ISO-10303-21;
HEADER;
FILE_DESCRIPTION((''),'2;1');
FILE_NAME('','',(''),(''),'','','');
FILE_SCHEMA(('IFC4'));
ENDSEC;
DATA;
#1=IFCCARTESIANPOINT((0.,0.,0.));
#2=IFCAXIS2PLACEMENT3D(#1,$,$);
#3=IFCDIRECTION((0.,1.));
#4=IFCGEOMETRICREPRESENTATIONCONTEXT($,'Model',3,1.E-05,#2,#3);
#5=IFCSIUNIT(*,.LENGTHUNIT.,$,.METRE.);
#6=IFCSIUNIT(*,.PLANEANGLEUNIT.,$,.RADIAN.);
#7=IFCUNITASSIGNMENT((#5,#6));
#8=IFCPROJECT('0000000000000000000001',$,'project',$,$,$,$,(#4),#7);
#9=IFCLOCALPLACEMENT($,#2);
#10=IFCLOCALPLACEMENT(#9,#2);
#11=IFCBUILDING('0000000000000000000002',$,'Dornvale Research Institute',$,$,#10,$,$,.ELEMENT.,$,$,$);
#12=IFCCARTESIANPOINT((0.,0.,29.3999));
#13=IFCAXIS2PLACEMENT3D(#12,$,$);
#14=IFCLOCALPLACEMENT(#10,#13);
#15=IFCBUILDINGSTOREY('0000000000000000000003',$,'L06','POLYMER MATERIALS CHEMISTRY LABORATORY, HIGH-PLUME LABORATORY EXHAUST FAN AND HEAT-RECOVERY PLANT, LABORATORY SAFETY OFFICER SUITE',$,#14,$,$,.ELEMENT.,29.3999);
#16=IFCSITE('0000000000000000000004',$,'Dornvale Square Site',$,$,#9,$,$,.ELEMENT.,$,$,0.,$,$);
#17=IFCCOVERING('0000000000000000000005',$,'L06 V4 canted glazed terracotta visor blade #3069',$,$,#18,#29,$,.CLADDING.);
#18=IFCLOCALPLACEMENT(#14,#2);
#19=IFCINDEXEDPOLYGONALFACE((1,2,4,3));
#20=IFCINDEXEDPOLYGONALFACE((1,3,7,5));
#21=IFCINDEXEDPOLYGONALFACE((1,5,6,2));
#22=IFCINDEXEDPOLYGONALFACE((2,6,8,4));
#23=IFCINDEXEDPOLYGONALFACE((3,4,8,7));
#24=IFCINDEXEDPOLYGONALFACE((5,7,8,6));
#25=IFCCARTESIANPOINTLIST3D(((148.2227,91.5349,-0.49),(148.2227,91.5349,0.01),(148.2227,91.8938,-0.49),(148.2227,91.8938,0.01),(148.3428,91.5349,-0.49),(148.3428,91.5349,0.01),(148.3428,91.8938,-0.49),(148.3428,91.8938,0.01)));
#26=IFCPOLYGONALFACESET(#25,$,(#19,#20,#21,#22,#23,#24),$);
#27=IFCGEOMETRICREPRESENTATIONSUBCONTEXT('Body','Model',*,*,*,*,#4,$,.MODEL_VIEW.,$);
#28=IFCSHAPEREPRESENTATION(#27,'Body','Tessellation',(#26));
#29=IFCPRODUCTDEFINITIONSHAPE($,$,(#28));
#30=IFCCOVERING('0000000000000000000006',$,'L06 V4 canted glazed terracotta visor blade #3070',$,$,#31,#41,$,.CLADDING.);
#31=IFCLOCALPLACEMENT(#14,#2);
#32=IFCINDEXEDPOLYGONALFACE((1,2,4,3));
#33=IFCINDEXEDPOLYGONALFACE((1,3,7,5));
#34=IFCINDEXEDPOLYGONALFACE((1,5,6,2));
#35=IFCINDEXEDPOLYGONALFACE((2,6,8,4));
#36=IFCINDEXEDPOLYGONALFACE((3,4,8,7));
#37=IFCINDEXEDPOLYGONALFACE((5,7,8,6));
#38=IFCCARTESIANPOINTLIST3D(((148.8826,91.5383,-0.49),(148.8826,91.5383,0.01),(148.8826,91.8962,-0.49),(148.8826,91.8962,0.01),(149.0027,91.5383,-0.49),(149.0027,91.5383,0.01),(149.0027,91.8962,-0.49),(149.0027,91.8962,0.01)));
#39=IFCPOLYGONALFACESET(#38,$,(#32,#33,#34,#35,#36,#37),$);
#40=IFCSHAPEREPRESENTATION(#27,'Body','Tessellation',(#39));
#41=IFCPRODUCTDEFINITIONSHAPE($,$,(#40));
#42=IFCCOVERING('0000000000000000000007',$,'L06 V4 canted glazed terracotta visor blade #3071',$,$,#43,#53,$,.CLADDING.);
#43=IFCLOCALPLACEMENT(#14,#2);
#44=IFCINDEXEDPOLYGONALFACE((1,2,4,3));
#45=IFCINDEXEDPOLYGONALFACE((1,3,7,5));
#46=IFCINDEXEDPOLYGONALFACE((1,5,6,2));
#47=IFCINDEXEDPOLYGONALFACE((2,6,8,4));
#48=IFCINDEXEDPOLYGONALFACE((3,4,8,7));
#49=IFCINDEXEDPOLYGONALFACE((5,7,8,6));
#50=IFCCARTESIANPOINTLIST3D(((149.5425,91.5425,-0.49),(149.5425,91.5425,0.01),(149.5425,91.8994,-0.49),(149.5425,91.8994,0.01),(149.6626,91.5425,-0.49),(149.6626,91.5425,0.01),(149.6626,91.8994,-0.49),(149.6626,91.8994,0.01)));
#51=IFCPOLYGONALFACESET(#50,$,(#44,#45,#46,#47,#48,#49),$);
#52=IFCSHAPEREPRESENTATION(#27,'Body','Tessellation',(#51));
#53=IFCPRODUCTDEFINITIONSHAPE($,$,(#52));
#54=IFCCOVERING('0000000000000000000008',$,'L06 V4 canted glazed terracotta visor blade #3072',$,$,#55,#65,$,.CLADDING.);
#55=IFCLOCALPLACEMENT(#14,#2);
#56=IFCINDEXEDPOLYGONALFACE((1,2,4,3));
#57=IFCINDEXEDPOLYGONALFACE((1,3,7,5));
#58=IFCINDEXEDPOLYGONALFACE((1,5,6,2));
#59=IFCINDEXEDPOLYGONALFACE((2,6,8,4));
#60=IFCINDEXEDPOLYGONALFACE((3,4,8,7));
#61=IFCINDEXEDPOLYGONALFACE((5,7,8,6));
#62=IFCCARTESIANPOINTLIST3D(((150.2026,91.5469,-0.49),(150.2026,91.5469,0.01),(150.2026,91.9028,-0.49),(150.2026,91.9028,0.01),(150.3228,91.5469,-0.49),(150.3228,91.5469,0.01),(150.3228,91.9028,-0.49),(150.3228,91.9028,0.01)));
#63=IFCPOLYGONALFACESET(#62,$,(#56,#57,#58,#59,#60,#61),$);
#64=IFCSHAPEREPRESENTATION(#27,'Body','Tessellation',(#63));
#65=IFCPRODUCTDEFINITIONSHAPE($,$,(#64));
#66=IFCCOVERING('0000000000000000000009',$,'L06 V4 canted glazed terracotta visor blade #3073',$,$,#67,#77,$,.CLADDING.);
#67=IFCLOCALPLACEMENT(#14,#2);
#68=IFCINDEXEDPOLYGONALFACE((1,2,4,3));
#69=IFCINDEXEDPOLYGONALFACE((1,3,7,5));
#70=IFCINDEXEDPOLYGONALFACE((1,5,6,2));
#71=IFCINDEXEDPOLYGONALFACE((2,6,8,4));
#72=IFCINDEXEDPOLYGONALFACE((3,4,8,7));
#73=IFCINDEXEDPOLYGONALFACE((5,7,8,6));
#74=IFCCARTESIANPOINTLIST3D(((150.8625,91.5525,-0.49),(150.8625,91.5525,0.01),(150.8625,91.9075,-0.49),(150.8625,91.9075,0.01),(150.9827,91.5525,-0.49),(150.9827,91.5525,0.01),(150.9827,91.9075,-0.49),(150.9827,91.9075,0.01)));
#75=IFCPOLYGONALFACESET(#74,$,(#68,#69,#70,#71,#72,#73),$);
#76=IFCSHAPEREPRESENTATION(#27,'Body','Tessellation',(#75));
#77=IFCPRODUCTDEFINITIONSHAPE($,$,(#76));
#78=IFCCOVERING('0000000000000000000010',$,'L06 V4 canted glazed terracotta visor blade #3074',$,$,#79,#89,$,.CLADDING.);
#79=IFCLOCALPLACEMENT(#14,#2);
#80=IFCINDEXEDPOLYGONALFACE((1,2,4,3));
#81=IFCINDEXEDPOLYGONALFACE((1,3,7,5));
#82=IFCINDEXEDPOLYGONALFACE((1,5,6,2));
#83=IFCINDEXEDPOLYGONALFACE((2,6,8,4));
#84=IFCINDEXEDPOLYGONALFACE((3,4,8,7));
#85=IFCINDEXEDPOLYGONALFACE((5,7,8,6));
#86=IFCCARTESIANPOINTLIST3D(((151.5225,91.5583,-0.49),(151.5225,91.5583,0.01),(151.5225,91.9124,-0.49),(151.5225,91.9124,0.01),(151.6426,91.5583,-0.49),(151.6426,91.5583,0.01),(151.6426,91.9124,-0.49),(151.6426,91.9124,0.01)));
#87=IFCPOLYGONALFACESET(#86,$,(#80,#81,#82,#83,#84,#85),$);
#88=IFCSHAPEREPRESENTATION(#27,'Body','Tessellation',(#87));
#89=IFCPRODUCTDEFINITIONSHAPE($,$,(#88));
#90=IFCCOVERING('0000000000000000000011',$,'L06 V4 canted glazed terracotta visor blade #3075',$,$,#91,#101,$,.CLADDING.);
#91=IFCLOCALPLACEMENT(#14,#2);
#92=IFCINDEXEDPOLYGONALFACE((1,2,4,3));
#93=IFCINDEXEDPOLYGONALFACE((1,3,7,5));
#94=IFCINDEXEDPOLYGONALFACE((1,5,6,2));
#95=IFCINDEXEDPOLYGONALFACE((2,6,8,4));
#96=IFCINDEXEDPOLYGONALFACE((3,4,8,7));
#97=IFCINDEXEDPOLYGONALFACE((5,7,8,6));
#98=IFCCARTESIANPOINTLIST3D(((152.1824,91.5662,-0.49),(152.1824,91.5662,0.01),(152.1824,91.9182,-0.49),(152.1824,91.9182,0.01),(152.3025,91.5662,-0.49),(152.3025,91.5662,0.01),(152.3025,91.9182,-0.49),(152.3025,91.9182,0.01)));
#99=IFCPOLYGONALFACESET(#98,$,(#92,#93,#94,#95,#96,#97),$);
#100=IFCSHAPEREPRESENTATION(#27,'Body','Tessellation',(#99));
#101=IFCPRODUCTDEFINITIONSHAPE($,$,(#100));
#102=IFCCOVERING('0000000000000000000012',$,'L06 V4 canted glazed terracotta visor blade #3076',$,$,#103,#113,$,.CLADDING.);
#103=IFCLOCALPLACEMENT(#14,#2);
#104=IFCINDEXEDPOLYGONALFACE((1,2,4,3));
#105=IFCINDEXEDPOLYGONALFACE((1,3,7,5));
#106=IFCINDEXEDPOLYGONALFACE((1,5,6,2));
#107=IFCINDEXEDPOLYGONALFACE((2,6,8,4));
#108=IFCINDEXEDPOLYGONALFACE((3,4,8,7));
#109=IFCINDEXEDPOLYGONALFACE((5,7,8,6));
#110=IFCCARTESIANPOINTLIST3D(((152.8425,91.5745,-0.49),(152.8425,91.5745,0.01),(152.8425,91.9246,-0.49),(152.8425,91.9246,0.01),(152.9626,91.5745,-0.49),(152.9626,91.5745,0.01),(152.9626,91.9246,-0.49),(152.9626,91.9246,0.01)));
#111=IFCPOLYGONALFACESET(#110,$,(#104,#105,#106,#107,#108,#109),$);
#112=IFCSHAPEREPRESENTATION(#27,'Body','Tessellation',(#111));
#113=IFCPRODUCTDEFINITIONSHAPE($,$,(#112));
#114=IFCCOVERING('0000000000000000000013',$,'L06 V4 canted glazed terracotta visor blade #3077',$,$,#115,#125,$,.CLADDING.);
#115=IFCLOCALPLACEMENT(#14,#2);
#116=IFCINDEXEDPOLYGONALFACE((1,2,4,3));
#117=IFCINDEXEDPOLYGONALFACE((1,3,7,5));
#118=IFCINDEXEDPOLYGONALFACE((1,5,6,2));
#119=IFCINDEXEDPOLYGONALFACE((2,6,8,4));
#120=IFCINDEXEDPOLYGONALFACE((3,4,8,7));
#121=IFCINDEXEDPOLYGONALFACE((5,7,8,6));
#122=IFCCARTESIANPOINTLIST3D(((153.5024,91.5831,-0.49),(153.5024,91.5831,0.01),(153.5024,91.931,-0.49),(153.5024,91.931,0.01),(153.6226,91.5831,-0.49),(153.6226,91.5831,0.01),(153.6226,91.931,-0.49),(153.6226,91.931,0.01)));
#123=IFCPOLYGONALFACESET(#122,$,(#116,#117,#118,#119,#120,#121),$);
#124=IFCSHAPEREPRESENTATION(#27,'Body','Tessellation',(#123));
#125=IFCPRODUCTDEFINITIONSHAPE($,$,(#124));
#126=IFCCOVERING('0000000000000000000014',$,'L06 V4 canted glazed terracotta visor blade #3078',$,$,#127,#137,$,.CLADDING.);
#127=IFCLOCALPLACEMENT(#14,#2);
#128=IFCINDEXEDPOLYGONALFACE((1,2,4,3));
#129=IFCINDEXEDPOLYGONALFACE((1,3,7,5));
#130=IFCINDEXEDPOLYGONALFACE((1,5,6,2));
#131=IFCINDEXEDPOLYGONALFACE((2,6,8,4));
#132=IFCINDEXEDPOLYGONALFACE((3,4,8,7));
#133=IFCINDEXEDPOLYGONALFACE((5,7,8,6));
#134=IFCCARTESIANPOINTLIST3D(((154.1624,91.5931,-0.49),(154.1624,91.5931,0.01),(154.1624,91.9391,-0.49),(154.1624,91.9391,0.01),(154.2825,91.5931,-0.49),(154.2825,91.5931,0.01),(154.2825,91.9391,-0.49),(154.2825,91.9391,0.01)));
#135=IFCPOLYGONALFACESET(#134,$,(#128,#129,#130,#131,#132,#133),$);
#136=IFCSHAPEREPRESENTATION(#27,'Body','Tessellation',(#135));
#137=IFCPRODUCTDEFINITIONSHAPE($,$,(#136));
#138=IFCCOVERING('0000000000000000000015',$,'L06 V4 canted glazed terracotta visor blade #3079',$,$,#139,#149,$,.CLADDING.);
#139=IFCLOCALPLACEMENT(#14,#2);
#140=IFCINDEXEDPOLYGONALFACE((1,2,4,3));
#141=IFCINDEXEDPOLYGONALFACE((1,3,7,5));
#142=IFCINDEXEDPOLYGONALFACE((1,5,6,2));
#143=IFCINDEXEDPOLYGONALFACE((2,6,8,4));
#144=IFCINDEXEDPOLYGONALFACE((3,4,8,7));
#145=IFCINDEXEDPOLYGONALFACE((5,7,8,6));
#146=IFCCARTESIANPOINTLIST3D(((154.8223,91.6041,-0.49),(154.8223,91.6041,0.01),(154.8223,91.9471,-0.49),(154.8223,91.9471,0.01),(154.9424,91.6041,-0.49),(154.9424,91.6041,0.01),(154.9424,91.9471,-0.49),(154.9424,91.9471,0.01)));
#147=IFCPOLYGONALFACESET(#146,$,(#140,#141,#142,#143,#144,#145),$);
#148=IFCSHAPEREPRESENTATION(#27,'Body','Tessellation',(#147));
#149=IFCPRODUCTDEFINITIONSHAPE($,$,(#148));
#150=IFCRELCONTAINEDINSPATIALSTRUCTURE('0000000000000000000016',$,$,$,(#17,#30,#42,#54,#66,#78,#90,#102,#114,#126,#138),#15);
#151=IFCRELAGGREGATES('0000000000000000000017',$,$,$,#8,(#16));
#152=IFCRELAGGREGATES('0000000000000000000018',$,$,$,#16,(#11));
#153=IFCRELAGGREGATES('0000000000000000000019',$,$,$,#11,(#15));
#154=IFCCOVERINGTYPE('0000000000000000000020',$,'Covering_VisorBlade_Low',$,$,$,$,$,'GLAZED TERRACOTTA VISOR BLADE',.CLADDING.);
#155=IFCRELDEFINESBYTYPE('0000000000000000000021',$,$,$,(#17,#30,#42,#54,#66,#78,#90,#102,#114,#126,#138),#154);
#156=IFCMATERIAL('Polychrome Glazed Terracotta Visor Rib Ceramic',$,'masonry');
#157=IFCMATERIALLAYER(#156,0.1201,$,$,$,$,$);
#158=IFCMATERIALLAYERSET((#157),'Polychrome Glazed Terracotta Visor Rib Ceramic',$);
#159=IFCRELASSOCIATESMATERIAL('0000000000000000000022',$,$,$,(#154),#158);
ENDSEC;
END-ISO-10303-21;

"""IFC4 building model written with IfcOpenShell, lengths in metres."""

from ifc_helpers import new_model, si_unit, direction, frame, origin, origin_2d, place, context, subcontext, project, spatial, rectangle, extrude, material, layer, layer_set, type_object, element, save


model = new_model("IFC4")

# Units and contexts
model_context = context("Model", 3, precision=1e-05, world=origin(), true_north=direction((0.0, 1.0)))
body_context = subcontext(model_context, "Body", "Model", "MODEL_VIEW")
ifc_project = project(units=[si_unit("LENGTHUNIT", "METRE"), si_unit("PLANEANGLEUNIT", "RADIAN")], contexts=[model_context])

# Site, building, storey
site_placement = place(None, origin())
site = spatial("IfcSite", under=ifc_project, at=site_placement, Name="Dornvale Square Site", CompositionType="ELEMENT", RefElevation=0.0)
building_placement = place(site_placement, origin())
building = spatial("IfcBuilding", under=site, at=building_placement, Name="Dornvale Research Institute", CompositionType="ELEMENT")
storey_placement = place(building_placement, frame((0.0, 0.0, 29.3999)))
storey = spatial("IfcBuildingStorey", under=building, at=storey_placement, Name="L06", Description="POLYMER MATERIALS CHEMISTRY LABORATORY, HIGH-PLUME LABORATORY EXHAUST FAN AND HEAT-RECOVERY PLANT, LABORATORY SAFETY OFFICER SUITE", CompositionType="ELEMENT", Elevation=29.3999)

# Coverings
ifc_material_1 = material(Name="Polychrome Glazed Terracotta Visor Rib Ceramic", Category="masonry")
ifc_layer_1 = layer(ifc_material_1, 0.1201)
ifc_layer_set_1 = layer_set([ifc_layer_1], Name="Polychrome Glazed Terracotta Visor Rib Ceramic")
covering_type = type_object("IfcCoveringType", Name="Covering_VisorBlade_Low", ElementType="GLAZED TERRACOTTA VISOR BLADE", PredefinedType="CLADDING", material=ifc_layer_set_1)
covering_1_placement = place(storey_placement, frame((148.2827, 91.7144, -0.49), z_axis=(0.0, 0.0, 1.0), x_axis=(0.0, 1.0, 0.0)))
element("IfcCovering", 1, at=covering_1_placement, inside=storey, type_object=covering_type, Name="L06 V4 canted glazed terracotta visor blade #3069", PredefinedType="CLADDING", context=body_context, shape_type="SweptSolid", body=[
    extrude(rectangle(XDim=0.3589, YDim=0.1201, at=origin_2d()), origin(), (0.0, 0.0, 1.0), 0.5),
])
covering_2_placement = place(storey_placement, frame((148.9426, 91.7173, -0.49), z_axis=(0.0, 0.0, 1.0), x_axis=(0.0, 1.0, 0.0)))
element("IfcCovering", 2, at=covering_2_placement, inside=storey, type_object=covering_type, Name="L06 V4 canted glazed terracotta visor blade #3070", PredefinedType="CLADDING", context=body_context, shape_type="SweptSolid", body=[
    extrude(rectangle(XDim=0.3579, YDim=0.1201, at=origin_2d()), origin(), (0.0, 0.0, 1.0), 0.5),
])
covering_3_placement = place(storey_placement, frame((149.6025, 91.7209, -0.49), z_axis=(0.0, 0.0, 1.0), x_axis=(0.0, 1.0, 0.0)))
element("IfcCovering", 3, at=covering_3_placement, inside=storey, type_object=covering_type, Name="L06 V4 canted glazed terracotta visor blade #3071", PredefinedType="CLADDING", context=body_context, shape_type="SweptSolid", body=[
    extrude(rectangle(XDim=0.3569, YDim=0.1201, at=origin_2d()), origin(), (0.0, 0.0, 1.0), 0.5),
])
covering_4_placement = place(storey_placement, frame((150.2627, 91.7249, -0.49), z_axis=(0.0, 0.0, 1.0), x_axis=(0.0, 1.0, 0.0)))
element("IfcCovering", 4, at=covering_4_placement, inside=storey, type_object=covering_type, Name="L06 V4 canted glazed terracotta visor blade #3072", PredefinedType="CLADDING", context=body_context, shape_type="SweptSolid", body=[
    extrude(rectangle(XDim=0.356, YDim=0.1201, at=origin_2d()), origin(), (0.0, 0.0, 1.0), 0.5),
])
covering_5_placement = place(storey_placement, frame((150.9226, 91.73, -0.49), z_axis=(0.0, 0.0, 1.0), x_axis=(0.0, 1.0, 0.0)))
element("IfcCovering", 5, at=covering_5_placement, inside=storey, type_object=covering_type, Name="L06 V4 canted glazed terracotta visor blade #3073", PredefinedType="CLADDING", context=body_context, shape_type="SweptSolid", body=[
    extrude(rectangle(XDim=0.355, YDim=0.1201, at=origin_2d()), origin(), (0.0, 0.0, 1.0), 0.5),
])
covering_6_placement = place(storey_placement, frame((151.5825, 91.7354, -0.49), z_axis=(0.0, 0.0, 1.0), x_axis=(0.0, 1.0, 0.0)))
element("IfcCovering", 6, at=covering_6_placement, inside=storey, type_object=covering_type, Name="L06 V4 canted glazed terracotta visor blade #3074", PredefinedType="CLADDING", context=body_context, shape_type="SweptSolid", body=[
    extrude(rectangle(XDim=0.354, YDim=0.1201, at=origin_2d()), origin(), (0.0, 0.0, 1.0), 0.5),
])
covering_7_placement = place(storey_placement, frame((152.2424, 91.7422, -0.49), z_axis=(0.0, 0.0, 1.0), x_axis=(0.0, 1.0, 0.0)))
element("IfcCovering", 7, at=covering_7_placement, inside=storey, type_object=covering_type, Name="L06 V4 canted glazed terracotta visor blade #3075", PredefinedType="CLADDING", context=body_context, shape_type="SweptSolid", body=[
    extrude(rectangle(XDim=0.3521, YDim=0.1201, at=origin_2d()), origin(), (0.0, 0.0, 1.0), 0.5),
])
covering_8_placement = place(storey_placement, frame((152.9026, 91.7495, -0.49), z_axis=(0.0, 0.0, 1.0), x_axis=(0.0, 1.0, 0.0)))
element("IfcCovering", 8, at=covering_8_placement, inside=storey, type_object=covering_type, Name="L06 V4 canted glazed terracotta visor blade #3076", PredefinedType="CLADDING", context=body_context, shape_type="SweptSolid", body=[
    extrude(rectangle(XDim=0.3501, YDim=0.1201, at=origin_2d()), origin(), (0.0, 0.0, 1.0), 0.5),
])
covering_9_placement = place(storey_placement, frame((153.5625, 91.7571, -0.49), z_axis=(0.0, 0.0, 1.0), x_axis=(0.0, 1.0, 0.0)))
element("IfcCovering", 9, at=covering_9_placement, inside=storey, type_object=covering_type, Name="L06 V4 canted glazed terracotta visor blade #3077", PredefinedType="CLADDING", context=body_context, shape_type="SweptSolid", body=[
    extrude(rectangle(XDim=0.3479, YDim=0.1201, at=origin_2d()), origin(), (0.0, 0.0, 1.0), 0.5),
])
covering_10_placement = place(storey_placement, frame((154.2224, 91.7661, -0.49), z_axis=(0.0, 0.0, 1.0), x_axis=(0.0, 1.0, 0.0)))
element("IfcCovering", 10, at=covering_10_placement, inside=storey, type_object=covering_type, Name="L06 V4 canted glazed terracotta visor blade #3078", PredefinedType="CLADDING", context=body_context, shape_type="SweptSolid", body=[
    extrude(rectangle(XDim=0.3459, YDim=0.1201, at=origin_2d()), origin(), (0.0, 0.0, 1.0), 0.5),
])
covering_11_placement = place(storey_placement, frame((154.8823, 91.7756, -0.49), z_axis=(0.0, 0.0, 1.0), x_axis=(0.0, 1.0, 0.0)))
element("IfcCovering", 11, at=covering_11_placement, inside=storey, type_object=covering_type, Name="L06 V4 canted glazed terracotta visor blade #3079", PredefinedType="CLADDING", context=body_context, shape_type="SweptSolid", body=[
    extrude(rectangle(XDim=0.343, YDim=0.1201, at=origin_2d()), origin(), (0.0, 0.0, 1.0), 0.5),
])

save(model, "model.ifc")
